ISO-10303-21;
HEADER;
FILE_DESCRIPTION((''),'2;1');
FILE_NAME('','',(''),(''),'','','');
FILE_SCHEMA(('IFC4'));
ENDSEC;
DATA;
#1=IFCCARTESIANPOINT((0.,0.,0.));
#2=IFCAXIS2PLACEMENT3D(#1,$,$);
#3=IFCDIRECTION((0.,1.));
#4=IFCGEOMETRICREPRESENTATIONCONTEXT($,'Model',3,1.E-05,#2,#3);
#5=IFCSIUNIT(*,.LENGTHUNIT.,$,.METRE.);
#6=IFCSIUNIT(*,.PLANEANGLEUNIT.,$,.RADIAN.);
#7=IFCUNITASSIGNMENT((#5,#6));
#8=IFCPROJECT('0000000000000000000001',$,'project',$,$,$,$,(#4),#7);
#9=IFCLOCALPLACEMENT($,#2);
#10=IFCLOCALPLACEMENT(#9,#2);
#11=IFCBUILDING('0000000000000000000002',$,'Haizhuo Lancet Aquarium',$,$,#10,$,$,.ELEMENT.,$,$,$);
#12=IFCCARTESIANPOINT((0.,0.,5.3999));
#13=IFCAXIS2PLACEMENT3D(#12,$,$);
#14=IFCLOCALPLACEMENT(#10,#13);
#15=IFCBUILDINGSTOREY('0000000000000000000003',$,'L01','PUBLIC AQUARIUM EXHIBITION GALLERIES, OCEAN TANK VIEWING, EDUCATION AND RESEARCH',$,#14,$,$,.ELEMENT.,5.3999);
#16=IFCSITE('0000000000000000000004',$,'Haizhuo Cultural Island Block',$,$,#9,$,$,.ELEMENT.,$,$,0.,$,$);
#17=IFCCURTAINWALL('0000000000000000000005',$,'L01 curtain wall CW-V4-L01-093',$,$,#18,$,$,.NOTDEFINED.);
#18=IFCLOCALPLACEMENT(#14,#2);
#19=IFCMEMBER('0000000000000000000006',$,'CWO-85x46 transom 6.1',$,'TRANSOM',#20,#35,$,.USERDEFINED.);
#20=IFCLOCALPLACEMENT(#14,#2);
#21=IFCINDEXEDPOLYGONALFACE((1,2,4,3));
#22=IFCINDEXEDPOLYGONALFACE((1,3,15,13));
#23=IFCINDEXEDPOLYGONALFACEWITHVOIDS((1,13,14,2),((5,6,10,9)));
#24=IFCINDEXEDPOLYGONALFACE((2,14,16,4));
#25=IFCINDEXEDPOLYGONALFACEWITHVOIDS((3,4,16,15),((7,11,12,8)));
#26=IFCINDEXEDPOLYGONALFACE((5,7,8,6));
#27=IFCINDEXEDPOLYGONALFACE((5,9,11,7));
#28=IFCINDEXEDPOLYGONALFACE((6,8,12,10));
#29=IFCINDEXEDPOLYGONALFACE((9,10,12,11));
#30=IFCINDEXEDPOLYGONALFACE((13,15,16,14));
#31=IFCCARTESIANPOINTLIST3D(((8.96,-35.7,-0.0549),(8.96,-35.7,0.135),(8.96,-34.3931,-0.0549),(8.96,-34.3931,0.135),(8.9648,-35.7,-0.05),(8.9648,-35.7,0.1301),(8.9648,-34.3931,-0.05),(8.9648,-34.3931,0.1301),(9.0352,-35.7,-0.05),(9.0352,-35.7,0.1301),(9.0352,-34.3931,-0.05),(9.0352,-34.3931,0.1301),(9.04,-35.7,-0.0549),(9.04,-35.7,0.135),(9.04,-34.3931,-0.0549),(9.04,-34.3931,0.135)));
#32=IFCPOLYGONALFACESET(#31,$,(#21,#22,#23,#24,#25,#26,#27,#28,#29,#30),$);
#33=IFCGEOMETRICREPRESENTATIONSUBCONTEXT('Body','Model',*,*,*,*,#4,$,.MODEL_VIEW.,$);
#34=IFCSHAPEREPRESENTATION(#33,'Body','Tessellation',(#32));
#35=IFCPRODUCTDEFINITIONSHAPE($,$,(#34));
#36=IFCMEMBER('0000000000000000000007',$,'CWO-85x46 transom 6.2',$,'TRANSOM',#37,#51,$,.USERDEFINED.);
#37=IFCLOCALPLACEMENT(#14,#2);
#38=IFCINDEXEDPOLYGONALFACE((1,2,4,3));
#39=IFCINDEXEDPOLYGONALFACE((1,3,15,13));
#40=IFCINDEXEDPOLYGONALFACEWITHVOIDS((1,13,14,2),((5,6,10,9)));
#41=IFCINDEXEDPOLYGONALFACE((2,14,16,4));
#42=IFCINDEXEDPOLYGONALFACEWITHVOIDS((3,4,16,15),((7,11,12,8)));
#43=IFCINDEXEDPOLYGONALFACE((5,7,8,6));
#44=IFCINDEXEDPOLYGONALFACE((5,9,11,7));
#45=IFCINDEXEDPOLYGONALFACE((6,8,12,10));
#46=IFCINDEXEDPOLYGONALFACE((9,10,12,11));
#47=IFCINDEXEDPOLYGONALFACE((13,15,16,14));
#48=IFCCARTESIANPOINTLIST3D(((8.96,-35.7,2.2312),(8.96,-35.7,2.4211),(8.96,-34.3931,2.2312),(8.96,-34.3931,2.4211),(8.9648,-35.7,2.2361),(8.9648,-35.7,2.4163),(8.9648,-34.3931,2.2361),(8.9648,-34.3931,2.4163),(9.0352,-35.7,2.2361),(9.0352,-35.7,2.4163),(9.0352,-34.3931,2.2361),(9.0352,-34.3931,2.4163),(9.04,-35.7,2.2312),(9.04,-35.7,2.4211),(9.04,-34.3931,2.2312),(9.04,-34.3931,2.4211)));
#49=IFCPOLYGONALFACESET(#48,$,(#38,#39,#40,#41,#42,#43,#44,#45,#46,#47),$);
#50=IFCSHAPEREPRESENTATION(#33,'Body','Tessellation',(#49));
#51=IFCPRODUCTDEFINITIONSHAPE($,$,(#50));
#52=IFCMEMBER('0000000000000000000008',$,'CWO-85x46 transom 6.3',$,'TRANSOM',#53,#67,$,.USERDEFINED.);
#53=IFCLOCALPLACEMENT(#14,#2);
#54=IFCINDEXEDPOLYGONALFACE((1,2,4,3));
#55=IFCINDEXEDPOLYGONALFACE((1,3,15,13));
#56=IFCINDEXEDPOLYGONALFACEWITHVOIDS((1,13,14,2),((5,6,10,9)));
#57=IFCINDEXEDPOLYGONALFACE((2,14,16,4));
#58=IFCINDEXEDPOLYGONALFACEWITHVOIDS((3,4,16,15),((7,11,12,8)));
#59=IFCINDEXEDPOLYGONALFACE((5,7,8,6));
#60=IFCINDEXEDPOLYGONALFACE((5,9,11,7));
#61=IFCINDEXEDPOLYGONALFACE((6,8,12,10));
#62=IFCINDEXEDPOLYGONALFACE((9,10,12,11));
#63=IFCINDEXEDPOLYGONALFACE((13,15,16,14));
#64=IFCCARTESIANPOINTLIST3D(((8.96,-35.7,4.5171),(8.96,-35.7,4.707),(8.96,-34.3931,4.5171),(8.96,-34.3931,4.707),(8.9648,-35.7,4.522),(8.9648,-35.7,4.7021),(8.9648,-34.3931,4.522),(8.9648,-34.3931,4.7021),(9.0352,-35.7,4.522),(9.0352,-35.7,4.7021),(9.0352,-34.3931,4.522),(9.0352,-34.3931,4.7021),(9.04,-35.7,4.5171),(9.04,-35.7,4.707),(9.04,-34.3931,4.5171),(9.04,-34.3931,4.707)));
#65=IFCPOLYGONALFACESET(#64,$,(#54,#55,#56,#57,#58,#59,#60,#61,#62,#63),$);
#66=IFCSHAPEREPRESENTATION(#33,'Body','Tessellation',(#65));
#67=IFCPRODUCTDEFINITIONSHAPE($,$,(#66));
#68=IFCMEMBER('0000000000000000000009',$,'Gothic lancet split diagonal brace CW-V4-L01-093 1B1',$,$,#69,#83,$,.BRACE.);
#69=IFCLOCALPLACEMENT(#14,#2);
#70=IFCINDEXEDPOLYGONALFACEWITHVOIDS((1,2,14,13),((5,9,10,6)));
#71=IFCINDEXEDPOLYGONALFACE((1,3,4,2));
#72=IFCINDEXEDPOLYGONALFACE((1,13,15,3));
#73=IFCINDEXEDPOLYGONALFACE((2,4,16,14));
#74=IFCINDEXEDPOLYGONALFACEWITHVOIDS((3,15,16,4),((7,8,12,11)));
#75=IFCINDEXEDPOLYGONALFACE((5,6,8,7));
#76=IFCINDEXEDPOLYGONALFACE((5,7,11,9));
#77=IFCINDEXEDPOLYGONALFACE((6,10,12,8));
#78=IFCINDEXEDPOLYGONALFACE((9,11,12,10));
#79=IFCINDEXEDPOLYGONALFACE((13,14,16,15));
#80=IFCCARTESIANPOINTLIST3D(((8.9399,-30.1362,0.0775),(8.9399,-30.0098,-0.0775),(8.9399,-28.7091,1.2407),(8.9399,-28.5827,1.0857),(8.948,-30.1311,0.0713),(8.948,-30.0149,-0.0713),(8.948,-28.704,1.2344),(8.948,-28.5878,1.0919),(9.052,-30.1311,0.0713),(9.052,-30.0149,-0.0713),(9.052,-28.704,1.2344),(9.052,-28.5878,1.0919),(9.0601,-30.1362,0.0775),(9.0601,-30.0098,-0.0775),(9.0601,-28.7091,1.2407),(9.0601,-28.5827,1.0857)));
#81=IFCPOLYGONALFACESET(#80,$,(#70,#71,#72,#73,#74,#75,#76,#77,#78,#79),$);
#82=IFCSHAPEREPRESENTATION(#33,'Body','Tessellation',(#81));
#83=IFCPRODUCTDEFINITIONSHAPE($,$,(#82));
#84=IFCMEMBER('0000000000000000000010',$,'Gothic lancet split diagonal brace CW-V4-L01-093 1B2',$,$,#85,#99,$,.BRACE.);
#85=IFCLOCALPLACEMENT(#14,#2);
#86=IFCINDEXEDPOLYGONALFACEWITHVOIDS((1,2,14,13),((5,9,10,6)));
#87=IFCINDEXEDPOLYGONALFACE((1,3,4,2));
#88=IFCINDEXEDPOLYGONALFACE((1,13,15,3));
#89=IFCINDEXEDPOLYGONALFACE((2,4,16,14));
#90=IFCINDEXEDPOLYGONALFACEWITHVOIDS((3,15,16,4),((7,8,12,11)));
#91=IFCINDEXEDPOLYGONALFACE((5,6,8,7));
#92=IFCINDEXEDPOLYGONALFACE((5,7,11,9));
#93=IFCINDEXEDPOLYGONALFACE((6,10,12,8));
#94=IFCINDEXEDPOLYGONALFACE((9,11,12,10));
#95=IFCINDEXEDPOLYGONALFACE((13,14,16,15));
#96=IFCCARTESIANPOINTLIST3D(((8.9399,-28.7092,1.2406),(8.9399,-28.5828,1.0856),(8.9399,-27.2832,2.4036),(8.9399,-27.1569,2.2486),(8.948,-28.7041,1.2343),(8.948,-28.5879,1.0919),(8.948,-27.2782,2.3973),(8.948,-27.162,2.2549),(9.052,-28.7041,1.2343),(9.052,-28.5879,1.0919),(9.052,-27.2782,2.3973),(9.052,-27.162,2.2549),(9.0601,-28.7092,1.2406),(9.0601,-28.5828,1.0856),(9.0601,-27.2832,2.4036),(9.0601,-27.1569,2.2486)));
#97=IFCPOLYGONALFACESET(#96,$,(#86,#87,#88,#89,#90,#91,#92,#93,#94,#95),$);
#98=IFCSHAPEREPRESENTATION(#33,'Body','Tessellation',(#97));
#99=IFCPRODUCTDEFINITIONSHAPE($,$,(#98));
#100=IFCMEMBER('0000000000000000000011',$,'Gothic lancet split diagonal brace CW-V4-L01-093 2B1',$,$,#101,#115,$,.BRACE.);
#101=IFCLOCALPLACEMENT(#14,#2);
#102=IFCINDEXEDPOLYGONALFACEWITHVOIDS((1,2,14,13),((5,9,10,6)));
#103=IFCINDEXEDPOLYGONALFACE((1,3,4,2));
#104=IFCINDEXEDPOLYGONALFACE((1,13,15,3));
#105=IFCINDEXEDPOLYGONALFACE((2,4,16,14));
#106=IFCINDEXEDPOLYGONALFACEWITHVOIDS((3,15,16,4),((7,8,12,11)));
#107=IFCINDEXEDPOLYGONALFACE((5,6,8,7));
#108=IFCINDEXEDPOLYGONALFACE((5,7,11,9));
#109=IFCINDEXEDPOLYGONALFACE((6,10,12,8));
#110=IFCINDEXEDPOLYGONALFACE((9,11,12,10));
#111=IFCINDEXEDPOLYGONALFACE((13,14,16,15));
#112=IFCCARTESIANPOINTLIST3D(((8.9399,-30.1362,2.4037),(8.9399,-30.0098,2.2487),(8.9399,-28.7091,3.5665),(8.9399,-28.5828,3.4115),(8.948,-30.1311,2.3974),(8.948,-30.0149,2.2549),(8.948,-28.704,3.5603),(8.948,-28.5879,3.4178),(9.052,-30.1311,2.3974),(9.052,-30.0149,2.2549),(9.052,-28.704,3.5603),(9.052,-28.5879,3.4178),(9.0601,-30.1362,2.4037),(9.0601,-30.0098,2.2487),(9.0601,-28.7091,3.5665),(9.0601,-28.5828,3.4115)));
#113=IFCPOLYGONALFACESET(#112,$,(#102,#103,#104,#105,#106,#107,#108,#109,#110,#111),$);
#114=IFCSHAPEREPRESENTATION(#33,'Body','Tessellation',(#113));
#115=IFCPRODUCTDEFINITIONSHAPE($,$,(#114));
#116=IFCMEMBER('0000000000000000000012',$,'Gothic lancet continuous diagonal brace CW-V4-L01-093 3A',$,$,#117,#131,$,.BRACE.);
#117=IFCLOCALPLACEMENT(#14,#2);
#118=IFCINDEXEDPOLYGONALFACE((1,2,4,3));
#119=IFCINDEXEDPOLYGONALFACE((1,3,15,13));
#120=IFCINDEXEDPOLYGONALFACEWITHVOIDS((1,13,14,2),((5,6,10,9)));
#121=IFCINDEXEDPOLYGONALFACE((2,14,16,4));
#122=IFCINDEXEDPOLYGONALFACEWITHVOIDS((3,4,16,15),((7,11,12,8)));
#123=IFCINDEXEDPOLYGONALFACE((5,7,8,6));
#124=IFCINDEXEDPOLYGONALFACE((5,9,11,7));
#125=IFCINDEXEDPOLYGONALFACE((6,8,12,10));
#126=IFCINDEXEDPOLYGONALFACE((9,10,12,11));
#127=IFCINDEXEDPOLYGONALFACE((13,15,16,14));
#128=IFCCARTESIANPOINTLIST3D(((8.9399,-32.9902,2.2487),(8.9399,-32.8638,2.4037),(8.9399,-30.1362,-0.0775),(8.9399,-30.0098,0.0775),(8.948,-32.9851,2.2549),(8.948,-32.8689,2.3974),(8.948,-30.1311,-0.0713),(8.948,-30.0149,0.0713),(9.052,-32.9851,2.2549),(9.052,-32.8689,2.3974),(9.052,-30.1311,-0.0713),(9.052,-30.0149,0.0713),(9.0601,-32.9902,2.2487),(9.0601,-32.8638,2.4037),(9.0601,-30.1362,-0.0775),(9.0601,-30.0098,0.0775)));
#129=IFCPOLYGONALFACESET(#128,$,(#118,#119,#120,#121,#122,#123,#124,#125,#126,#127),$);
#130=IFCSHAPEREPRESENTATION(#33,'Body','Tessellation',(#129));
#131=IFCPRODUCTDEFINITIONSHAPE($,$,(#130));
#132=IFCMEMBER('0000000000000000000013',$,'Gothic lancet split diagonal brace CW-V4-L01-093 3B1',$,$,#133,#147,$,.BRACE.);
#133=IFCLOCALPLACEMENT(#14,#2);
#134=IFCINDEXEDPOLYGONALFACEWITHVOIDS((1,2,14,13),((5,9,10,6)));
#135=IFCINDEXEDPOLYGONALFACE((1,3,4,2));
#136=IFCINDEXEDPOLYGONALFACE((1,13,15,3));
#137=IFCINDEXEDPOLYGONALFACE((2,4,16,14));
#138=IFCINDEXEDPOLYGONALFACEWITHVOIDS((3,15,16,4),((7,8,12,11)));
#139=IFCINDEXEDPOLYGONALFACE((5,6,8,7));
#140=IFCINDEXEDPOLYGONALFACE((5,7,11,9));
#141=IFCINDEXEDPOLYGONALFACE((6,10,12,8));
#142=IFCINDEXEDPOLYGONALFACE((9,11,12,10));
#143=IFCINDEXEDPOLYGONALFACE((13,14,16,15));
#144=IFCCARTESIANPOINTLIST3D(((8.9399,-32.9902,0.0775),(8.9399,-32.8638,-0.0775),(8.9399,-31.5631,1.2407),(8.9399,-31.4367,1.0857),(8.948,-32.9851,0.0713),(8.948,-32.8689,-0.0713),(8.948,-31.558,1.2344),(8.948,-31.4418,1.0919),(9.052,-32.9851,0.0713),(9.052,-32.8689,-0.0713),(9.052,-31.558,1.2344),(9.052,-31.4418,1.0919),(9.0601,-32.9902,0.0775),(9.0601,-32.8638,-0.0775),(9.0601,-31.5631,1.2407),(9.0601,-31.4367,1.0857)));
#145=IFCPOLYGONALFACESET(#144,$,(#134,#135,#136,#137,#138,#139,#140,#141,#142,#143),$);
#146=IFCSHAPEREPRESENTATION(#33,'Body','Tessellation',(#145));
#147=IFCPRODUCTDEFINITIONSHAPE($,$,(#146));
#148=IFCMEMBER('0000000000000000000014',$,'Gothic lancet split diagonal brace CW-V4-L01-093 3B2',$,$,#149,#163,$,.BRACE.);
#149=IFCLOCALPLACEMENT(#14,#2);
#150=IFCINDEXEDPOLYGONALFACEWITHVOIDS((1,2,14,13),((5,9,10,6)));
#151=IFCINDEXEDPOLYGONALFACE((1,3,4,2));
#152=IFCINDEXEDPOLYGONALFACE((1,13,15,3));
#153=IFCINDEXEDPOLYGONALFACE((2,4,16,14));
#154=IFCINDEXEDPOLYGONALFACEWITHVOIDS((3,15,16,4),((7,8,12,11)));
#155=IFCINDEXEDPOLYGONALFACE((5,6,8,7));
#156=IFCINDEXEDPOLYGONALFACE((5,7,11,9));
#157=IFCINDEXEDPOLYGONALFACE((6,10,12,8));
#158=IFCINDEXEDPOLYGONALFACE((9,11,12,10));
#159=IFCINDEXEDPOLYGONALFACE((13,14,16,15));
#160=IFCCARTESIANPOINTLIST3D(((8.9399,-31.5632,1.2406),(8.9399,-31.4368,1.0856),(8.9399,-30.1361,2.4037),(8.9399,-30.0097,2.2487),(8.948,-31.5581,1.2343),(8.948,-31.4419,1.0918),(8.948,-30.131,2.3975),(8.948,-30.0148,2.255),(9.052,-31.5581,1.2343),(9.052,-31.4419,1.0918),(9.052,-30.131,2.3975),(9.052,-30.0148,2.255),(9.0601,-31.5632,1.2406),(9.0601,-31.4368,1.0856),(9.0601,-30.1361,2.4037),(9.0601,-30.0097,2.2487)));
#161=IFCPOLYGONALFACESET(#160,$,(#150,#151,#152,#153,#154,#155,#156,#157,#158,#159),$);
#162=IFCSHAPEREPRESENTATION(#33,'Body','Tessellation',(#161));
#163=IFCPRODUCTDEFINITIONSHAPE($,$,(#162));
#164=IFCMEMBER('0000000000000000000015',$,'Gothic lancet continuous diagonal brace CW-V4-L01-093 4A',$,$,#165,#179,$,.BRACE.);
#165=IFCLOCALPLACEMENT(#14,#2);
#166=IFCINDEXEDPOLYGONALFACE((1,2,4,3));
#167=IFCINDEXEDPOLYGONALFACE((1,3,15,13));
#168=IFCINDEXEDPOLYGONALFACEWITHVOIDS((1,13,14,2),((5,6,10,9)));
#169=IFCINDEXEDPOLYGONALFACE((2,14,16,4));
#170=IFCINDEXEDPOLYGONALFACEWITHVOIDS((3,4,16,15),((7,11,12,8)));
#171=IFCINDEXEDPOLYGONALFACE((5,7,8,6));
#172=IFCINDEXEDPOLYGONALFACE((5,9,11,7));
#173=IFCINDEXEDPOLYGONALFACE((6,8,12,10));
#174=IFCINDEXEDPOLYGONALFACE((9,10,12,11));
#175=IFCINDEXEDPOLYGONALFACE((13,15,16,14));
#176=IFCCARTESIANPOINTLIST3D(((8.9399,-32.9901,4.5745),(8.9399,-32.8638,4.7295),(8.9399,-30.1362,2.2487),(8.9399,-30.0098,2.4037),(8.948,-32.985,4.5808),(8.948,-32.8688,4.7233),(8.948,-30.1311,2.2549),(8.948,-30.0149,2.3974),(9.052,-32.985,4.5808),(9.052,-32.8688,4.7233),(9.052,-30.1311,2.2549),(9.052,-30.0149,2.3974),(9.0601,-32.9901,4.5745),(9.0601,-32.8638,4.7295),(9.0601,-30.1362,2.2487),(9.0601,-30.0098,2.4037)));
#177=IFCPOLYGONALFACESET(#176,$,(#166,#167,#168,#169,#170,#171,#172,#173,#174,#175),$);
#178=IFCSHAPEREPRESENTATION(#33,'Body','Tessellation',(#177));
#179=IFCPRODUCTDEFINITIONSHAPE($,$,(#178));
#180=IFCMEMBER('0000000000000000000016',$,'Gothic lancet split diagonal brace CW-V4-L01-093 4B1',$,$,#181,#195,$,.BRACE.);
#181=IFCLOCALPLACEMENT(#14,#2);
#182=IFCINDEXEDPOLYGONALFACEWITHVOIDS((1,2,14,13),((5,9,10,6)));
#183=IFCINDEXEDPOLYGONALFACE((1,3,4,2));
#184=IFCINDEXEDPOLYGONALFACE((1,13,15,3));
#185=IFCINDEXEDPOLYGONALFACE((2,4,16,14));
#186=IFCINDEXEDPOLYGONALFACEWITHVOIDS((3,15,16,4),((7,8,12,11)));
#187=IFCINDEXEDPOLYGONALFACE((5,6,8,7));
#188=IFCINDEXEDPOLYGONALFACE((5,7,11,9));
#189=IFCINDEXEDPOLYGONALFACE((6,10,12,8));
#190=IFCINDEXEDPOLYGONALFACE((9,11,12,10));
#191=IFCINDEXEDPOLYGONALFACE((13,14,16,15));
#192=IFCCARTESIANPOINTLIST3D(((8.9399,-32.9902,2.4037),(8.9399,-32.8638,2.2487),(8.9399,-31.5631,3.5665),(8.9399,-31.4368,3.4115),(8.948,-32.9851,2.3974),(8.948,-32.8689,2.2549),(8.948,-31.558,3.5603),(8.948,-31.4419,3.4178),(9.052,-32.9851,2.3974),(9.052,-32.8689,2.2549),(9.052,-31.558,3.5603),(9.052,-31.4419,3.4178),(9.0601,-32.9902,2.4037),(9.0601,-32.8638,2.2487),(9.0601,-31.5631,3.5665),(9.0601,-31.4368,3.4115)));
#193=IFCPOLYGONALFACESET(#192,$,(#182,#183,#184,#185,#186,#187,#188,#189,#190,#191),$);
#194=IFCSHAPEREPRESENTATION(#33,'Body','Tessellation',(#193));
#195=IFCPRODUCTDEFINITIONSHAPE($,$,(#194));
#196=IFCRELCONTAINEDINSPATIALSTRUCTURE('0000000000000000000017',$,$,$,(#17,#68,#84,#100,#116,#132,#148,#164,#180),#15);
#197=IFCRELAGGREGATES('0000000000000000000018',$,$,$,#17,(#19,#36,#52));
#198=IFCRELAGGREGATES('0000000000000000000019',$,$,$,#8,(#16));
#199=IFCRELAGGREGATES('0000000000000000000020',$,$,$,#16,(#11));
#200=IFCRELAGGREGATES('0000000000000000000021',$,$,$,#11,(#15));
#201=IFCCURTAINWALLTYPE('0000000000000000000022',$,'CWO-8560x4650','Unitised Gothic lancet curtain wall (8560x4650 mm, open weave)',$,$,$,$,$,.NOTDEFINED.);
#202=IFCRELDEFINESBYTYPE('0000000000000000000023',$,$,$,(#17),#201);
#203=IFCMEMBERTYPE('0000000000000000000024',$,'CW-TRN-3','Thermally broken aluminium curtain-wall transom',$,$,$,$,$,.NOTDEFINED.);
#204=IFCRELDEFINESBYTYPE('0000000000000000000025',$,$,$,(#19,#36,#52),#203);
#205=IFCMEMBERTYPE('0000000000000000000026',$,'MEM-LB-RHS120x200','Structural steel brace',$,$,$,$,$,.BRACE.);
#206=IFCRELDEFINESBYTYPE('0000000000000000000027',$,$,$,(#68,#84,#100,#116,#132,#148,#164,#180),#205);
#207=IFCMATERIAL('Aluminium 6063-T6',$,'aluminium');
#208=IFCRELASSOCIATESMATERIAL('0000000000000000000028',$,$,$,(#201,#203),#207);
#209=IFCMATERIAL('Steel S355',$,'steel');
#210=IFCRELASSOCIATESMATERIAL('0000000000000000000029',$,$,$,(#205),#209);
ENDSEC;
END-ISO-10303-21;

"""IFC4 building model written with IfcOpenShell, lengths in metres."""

from ifc_helpers import new_model, si_unit, direction, frame, origin, origin_2d, place, context, subcontext, project, spatial, hollow_rectangle, extrude, material, material_profile, profile_set, type_object, element, aggregate, save


model = new_model("IFC4")

# Units and contexts
model_context = context("Model", 3, precision=1e-05, world=origin(), true_north=direction((0.0, 1.0)))
body_context = subcontext(model_context, "Body", "Model", "MODEL_VIEW")
ifc_project = project(units=[si_unit("LENGTHUNIT", "METRE"), si_unit("PLANEANGLEUNIT", "RADIAN")], contexts=[model_context])

# Site, building, storey
site_placement = place(None, origin())
site = spatial("IfcSite", under=ifc_project, at=site_placement, Name="Haizhuo Cultural Island Block", CompositionType="ELEMENT", RefElevation=0.0)
building_placement = place(site_placement, origin())
building = spatial("IfcBuilding", under=site, at=building_placement, Name="Haizhuo Lancet Aquarium", CompositionType="ELEMENT")
storey_placement = place(building_placement, frame((0.0, 0.0, 5.3999)))
storey = spatial("IfcBuildingStorey", under=building, at=storey_placement, Name="L01", Description="PUBLIC AQUARIUM EXHIBITION GALLERIES, OCEAN TANK VIEWING, EDUCATION AND RESEARCH", CompositionType="ELEMENT", Elevation=5.3999)

# Curtain wall, members
ifc_material_1 = material(Name="Aluminium 6063-T6", Category="aluminium")
curtain_wall_type = type_object("IfcCurtainWallType", Name="CWO-8560x4650", Description="Unitised Gothic lancet curtain wall (8560x4650 mm, open weave)", PredefinedType="NOTDEFINED", material=ifc_material_1)
curtain_wall_placement = place(storey_placement, origin())
curtain_wall = element("IfcCurtainWall", 1, at=curtain_wall_placement, inside=storey, type_object=curtain_wall_type, Name="L01 curtain wall CW-V4-L01-093", PredefinedType="NOTDEFINED")
ifc_material_profile_1 = material_profile(ifc_material_1, hollow_rectangle(XDim=0.0801, YDim=0.1899, WallThickness=0.0049, at=origin_2d()), Name="ALU-T 80x190x5")
ifc_profile_set_1 = profile_set([ifc_material_profile_1], Name="Aluminium 6063-T6")
member_type_1 = type_object("IfcMemberType", Name="CW-TRN-3", Description="Thermally broken aluminium curtain-wall transom", PredefinedType="NOTDEFINED", material=ifc_profile_set_1)
member_1_placement = place(storey_placement, frame((9.0, -34.3931, 0.04), z_axis=(0.0, -1.0, 0.0), x_axis=(1.0, 0.0, 0.0)))
member_1 = element("IfcMember", 2, at=member_1_placement, type_object=member_type_1, Name="CWO-85x46 transom 6.1", ObjectType="TRANSOM", PredefinedType="USERDEFINED", context=body_context, shape_type="SweptSolid", body=[
    extrude(hollow_rectangle(XDim=0.0801, YDim=0.1899, WallThickness=0.0049, at=origin_2d()), origin(), (0.0, 0.0, 1.0), 1.3069),
])
member_2_placement = place(storey_placement, frame((9.0, -34.3931, 2.3262), z_axis=(0.0, -1.0, 0.0), x_axis=(1.0, 0.0, 0.0)))
member_2 = element("IfcMember", 3, at=member_2_placement, type_object=member_type_1, Name="CWO-85x46 transom 6.2", ObjectType="TRANSOM", PredefinedType="USERDEFINED", context=body_context, shape_type="SweptSolid", body=[
    extrude(hollow_rectangle(XDim=0.0801, YDim=0.1899, WallThickness=0.0049, at=origin_2d()), origin(), (0.0, 0.0, 1.0), 1.3069),
])
member_3_placement = place(storey_placement, frame((9.0, -34.3931, 4.6121), z_axis=(0.0, -1.0, 0.0), x_axis=(1.0, 0.0, 0.0)))
member_3 = element("IfcMember", 4, at=member_3_placement, type_object=member_type_1, Name="CWO-85x46 transom 6.3", ObjectType="TRANSOM", PredefinedType="USERDEFINED", context=body_context, shape_type="SweptSolid", body=[
    extrude(hollow_rectangle(XDim=0.0801, YDim=0.1899, WallThickness=0.0049, at=origin_2d()), origin(), (0.0, 0.0, 1.0), 1.3069),
])

# Members
ifc_material_2 = material(Name="Steel S355", Category="steel")
ifc_material_profile_2 = material_profile(ifc_material_2, hollow_rectangle(XDim=0.1201, YDim=0.2, WallThickness=0.0081, at=origin_2d()), Name="RHS 120x200x8")
ifc_profile_set_2 = profile_set([ifc_material_profile_2], Name="Steel S355")
member_type_2 = type_object("IfcMemberType", Name="MEM-LB-RHS120x200", Description="Structural steel brace", PredefinedType="BRACE", material=ifc_profile_set_2)
member_4_placement = place(storey_placement, frame((9.0, -30.073, 0.0), z_axis=(0.0, 0.775144, 0.631785), x_axis=(-1.0, 0.0, 0.0)))
element("IfcMember", 5, at=member_4_placement, inside=storey, type_object=member_type_2, Name="Gothic lancet split diagonal brace CW-V4-L01-093 1B1", PredefinedType="BRACE", context=body_context, shape_type="SweptSolid", body=[
    extrude(hollow_rectangle(XDim=0.1201, YDim=0.2, WallThickness=0.0081, at=origin_2d()), origin(), (0.0, 0.0, 1.0), 1.8411),
])
member_5_placement = place(storey_placement, frame((9.0, -28.646, 1.1631), z_axis=(0.0, 0.774932, 0.632045), x_axis=(-1.0, 0.0, 0.0)))
element("IfcMember", 6, at=member_5_placement, inside=storey, type_object=member_type_2, Name="Gothic lancet split diagonal brace CW-V4-L01-093 1B2", PredefinedType="BRACE", context=body_context, shape_type="SweptSolid", body=[
    extrude(hollow_rectangle(XDim=0.1201, YDim=0.2, WallThickness=0.0081, at=origin_2d()), origin(), (0.0, 0.0, 1.0), 1.8401),
])
member_6_placement = place(storey_placement, frame((9.0, -30.073, 2.3262), z_axis=(0.0, 0.775209, 0.631705), x_axis=(-1.0, 0.0, 0.0)))
element("IfcMember", 7, at=member_6_placement, inside=storey, type_object=member_type_2, Name="Gothic lancet split diagonal brace CW-V4-L01-093 2B1", PredefinedType="BRACE", context=body_context, shape_type="SweptSolid", body=[
    extrude(hollow_rectangle(XDim=0.1201, YDim=0.2, WallThickness=0.0081, at=origin_2d()), origin(), (0.0, 0.0, 1.0), 1.8408),
])
member_7_placement = place(storey_placement, frame((9.0, -30.073, 0.0), z_axis=(0.0, -0.775144, 0.631785), x_axis=(1.0, 0.0, 0.0)))
element("IfcMember", 8, at=member_7_placement, inside=storey, type_object=member_type_2, Name="Gothic lancet continuous diagonal brace CW-V4-L01-093 3A", PredefinedType="BRACE", context=body_context, shape_type="SweptSolid", body=[
    extrude(hollow_rectangle(XDim=0.1201, YDim=0.2, WallThickness=0.0081, at=origin_2d()), origin(), (0.0, 0.0, 1.0), 3.6819),
])
for number, where, z_axis, x_axis, name in (
    (9, (9.0, -32.927, 0.0), (0.0, 0.775144, 0.631785), (-1.0, 0.0, 0.0), "Gothic lancet split diagonal brace CW-V4-L01-093 3B1"),
    (10, (9.0, -31.5, 1.1631), (0.0, 0.775144, 0.631785), (-1.0, 0.0, 0.0), "Gothic lancet split diagonal brace CW-V4-L01-093 3B2"),
):
    element("IfcMember", number, at=place(storey_placement, frame(where, z_axis=z_axis, x_axis=x_axis)), inside=storey, type_object=member_type_2, Name=name, PredefinedType="BRACE", context=body_context, shape_type="SweptSolid", body=[
        extrude(hollow_rectangle(XDim=0.1201, YDim=0.2, WallThickness=0.0081, at=origin_2d()), origin(), (0.0, 0.0, 1.0), 1.8411),
    ])
member_8_placement = place(storey_placement, frame((9.0, -30.073, 2.3262), z_axis=(0.0, -0.775176, 0.631745), x_axis=(1.0, 0.0, 0.0)))
element("IfcMember", 11, at=member_8_placement, inside=storey, type_object=member_type_2, Name="Gothic lancet continuous diagonal brace CW-V4-L01-093 4A", PredefinedType="BRACE", context=body_context, shape_type="SweptSolid", body=[
    extrude(hollow_rectangle(XDim=0.1201, YDim=0.2, WallThickness=0.0081, at=origin_2d()), origin(), (0.0, 0.0, 1.0), 3.6816),
])
member_9_placement = place(storey_placement, frame((9.0, -32.927, 2.3262), z_axis=(0.0, 0.775209, 0.631705), x_axis=(-1.0, 0.0, 0.0)))
element("IfcMember", 12, at=member_9_placement, inside=storey, type_object=member_type_2, Name="Gothic lancet split diagonal brace CW-V4-L01-093 4B1", PredefinedType="BRACE", context=body_context, shape_type="SweptSolid", body=[
    extrude(hollow_rectangle(XDim=0.1201, YDim=0.2, WallThickness=0.0081, at=origin_2d()), origin(), (0.0, 0.0, 1.0), 1.8408),
])

aggregate(curtain_wall, [member_1, member_2, member_3])

save(model, "model.ifc")
